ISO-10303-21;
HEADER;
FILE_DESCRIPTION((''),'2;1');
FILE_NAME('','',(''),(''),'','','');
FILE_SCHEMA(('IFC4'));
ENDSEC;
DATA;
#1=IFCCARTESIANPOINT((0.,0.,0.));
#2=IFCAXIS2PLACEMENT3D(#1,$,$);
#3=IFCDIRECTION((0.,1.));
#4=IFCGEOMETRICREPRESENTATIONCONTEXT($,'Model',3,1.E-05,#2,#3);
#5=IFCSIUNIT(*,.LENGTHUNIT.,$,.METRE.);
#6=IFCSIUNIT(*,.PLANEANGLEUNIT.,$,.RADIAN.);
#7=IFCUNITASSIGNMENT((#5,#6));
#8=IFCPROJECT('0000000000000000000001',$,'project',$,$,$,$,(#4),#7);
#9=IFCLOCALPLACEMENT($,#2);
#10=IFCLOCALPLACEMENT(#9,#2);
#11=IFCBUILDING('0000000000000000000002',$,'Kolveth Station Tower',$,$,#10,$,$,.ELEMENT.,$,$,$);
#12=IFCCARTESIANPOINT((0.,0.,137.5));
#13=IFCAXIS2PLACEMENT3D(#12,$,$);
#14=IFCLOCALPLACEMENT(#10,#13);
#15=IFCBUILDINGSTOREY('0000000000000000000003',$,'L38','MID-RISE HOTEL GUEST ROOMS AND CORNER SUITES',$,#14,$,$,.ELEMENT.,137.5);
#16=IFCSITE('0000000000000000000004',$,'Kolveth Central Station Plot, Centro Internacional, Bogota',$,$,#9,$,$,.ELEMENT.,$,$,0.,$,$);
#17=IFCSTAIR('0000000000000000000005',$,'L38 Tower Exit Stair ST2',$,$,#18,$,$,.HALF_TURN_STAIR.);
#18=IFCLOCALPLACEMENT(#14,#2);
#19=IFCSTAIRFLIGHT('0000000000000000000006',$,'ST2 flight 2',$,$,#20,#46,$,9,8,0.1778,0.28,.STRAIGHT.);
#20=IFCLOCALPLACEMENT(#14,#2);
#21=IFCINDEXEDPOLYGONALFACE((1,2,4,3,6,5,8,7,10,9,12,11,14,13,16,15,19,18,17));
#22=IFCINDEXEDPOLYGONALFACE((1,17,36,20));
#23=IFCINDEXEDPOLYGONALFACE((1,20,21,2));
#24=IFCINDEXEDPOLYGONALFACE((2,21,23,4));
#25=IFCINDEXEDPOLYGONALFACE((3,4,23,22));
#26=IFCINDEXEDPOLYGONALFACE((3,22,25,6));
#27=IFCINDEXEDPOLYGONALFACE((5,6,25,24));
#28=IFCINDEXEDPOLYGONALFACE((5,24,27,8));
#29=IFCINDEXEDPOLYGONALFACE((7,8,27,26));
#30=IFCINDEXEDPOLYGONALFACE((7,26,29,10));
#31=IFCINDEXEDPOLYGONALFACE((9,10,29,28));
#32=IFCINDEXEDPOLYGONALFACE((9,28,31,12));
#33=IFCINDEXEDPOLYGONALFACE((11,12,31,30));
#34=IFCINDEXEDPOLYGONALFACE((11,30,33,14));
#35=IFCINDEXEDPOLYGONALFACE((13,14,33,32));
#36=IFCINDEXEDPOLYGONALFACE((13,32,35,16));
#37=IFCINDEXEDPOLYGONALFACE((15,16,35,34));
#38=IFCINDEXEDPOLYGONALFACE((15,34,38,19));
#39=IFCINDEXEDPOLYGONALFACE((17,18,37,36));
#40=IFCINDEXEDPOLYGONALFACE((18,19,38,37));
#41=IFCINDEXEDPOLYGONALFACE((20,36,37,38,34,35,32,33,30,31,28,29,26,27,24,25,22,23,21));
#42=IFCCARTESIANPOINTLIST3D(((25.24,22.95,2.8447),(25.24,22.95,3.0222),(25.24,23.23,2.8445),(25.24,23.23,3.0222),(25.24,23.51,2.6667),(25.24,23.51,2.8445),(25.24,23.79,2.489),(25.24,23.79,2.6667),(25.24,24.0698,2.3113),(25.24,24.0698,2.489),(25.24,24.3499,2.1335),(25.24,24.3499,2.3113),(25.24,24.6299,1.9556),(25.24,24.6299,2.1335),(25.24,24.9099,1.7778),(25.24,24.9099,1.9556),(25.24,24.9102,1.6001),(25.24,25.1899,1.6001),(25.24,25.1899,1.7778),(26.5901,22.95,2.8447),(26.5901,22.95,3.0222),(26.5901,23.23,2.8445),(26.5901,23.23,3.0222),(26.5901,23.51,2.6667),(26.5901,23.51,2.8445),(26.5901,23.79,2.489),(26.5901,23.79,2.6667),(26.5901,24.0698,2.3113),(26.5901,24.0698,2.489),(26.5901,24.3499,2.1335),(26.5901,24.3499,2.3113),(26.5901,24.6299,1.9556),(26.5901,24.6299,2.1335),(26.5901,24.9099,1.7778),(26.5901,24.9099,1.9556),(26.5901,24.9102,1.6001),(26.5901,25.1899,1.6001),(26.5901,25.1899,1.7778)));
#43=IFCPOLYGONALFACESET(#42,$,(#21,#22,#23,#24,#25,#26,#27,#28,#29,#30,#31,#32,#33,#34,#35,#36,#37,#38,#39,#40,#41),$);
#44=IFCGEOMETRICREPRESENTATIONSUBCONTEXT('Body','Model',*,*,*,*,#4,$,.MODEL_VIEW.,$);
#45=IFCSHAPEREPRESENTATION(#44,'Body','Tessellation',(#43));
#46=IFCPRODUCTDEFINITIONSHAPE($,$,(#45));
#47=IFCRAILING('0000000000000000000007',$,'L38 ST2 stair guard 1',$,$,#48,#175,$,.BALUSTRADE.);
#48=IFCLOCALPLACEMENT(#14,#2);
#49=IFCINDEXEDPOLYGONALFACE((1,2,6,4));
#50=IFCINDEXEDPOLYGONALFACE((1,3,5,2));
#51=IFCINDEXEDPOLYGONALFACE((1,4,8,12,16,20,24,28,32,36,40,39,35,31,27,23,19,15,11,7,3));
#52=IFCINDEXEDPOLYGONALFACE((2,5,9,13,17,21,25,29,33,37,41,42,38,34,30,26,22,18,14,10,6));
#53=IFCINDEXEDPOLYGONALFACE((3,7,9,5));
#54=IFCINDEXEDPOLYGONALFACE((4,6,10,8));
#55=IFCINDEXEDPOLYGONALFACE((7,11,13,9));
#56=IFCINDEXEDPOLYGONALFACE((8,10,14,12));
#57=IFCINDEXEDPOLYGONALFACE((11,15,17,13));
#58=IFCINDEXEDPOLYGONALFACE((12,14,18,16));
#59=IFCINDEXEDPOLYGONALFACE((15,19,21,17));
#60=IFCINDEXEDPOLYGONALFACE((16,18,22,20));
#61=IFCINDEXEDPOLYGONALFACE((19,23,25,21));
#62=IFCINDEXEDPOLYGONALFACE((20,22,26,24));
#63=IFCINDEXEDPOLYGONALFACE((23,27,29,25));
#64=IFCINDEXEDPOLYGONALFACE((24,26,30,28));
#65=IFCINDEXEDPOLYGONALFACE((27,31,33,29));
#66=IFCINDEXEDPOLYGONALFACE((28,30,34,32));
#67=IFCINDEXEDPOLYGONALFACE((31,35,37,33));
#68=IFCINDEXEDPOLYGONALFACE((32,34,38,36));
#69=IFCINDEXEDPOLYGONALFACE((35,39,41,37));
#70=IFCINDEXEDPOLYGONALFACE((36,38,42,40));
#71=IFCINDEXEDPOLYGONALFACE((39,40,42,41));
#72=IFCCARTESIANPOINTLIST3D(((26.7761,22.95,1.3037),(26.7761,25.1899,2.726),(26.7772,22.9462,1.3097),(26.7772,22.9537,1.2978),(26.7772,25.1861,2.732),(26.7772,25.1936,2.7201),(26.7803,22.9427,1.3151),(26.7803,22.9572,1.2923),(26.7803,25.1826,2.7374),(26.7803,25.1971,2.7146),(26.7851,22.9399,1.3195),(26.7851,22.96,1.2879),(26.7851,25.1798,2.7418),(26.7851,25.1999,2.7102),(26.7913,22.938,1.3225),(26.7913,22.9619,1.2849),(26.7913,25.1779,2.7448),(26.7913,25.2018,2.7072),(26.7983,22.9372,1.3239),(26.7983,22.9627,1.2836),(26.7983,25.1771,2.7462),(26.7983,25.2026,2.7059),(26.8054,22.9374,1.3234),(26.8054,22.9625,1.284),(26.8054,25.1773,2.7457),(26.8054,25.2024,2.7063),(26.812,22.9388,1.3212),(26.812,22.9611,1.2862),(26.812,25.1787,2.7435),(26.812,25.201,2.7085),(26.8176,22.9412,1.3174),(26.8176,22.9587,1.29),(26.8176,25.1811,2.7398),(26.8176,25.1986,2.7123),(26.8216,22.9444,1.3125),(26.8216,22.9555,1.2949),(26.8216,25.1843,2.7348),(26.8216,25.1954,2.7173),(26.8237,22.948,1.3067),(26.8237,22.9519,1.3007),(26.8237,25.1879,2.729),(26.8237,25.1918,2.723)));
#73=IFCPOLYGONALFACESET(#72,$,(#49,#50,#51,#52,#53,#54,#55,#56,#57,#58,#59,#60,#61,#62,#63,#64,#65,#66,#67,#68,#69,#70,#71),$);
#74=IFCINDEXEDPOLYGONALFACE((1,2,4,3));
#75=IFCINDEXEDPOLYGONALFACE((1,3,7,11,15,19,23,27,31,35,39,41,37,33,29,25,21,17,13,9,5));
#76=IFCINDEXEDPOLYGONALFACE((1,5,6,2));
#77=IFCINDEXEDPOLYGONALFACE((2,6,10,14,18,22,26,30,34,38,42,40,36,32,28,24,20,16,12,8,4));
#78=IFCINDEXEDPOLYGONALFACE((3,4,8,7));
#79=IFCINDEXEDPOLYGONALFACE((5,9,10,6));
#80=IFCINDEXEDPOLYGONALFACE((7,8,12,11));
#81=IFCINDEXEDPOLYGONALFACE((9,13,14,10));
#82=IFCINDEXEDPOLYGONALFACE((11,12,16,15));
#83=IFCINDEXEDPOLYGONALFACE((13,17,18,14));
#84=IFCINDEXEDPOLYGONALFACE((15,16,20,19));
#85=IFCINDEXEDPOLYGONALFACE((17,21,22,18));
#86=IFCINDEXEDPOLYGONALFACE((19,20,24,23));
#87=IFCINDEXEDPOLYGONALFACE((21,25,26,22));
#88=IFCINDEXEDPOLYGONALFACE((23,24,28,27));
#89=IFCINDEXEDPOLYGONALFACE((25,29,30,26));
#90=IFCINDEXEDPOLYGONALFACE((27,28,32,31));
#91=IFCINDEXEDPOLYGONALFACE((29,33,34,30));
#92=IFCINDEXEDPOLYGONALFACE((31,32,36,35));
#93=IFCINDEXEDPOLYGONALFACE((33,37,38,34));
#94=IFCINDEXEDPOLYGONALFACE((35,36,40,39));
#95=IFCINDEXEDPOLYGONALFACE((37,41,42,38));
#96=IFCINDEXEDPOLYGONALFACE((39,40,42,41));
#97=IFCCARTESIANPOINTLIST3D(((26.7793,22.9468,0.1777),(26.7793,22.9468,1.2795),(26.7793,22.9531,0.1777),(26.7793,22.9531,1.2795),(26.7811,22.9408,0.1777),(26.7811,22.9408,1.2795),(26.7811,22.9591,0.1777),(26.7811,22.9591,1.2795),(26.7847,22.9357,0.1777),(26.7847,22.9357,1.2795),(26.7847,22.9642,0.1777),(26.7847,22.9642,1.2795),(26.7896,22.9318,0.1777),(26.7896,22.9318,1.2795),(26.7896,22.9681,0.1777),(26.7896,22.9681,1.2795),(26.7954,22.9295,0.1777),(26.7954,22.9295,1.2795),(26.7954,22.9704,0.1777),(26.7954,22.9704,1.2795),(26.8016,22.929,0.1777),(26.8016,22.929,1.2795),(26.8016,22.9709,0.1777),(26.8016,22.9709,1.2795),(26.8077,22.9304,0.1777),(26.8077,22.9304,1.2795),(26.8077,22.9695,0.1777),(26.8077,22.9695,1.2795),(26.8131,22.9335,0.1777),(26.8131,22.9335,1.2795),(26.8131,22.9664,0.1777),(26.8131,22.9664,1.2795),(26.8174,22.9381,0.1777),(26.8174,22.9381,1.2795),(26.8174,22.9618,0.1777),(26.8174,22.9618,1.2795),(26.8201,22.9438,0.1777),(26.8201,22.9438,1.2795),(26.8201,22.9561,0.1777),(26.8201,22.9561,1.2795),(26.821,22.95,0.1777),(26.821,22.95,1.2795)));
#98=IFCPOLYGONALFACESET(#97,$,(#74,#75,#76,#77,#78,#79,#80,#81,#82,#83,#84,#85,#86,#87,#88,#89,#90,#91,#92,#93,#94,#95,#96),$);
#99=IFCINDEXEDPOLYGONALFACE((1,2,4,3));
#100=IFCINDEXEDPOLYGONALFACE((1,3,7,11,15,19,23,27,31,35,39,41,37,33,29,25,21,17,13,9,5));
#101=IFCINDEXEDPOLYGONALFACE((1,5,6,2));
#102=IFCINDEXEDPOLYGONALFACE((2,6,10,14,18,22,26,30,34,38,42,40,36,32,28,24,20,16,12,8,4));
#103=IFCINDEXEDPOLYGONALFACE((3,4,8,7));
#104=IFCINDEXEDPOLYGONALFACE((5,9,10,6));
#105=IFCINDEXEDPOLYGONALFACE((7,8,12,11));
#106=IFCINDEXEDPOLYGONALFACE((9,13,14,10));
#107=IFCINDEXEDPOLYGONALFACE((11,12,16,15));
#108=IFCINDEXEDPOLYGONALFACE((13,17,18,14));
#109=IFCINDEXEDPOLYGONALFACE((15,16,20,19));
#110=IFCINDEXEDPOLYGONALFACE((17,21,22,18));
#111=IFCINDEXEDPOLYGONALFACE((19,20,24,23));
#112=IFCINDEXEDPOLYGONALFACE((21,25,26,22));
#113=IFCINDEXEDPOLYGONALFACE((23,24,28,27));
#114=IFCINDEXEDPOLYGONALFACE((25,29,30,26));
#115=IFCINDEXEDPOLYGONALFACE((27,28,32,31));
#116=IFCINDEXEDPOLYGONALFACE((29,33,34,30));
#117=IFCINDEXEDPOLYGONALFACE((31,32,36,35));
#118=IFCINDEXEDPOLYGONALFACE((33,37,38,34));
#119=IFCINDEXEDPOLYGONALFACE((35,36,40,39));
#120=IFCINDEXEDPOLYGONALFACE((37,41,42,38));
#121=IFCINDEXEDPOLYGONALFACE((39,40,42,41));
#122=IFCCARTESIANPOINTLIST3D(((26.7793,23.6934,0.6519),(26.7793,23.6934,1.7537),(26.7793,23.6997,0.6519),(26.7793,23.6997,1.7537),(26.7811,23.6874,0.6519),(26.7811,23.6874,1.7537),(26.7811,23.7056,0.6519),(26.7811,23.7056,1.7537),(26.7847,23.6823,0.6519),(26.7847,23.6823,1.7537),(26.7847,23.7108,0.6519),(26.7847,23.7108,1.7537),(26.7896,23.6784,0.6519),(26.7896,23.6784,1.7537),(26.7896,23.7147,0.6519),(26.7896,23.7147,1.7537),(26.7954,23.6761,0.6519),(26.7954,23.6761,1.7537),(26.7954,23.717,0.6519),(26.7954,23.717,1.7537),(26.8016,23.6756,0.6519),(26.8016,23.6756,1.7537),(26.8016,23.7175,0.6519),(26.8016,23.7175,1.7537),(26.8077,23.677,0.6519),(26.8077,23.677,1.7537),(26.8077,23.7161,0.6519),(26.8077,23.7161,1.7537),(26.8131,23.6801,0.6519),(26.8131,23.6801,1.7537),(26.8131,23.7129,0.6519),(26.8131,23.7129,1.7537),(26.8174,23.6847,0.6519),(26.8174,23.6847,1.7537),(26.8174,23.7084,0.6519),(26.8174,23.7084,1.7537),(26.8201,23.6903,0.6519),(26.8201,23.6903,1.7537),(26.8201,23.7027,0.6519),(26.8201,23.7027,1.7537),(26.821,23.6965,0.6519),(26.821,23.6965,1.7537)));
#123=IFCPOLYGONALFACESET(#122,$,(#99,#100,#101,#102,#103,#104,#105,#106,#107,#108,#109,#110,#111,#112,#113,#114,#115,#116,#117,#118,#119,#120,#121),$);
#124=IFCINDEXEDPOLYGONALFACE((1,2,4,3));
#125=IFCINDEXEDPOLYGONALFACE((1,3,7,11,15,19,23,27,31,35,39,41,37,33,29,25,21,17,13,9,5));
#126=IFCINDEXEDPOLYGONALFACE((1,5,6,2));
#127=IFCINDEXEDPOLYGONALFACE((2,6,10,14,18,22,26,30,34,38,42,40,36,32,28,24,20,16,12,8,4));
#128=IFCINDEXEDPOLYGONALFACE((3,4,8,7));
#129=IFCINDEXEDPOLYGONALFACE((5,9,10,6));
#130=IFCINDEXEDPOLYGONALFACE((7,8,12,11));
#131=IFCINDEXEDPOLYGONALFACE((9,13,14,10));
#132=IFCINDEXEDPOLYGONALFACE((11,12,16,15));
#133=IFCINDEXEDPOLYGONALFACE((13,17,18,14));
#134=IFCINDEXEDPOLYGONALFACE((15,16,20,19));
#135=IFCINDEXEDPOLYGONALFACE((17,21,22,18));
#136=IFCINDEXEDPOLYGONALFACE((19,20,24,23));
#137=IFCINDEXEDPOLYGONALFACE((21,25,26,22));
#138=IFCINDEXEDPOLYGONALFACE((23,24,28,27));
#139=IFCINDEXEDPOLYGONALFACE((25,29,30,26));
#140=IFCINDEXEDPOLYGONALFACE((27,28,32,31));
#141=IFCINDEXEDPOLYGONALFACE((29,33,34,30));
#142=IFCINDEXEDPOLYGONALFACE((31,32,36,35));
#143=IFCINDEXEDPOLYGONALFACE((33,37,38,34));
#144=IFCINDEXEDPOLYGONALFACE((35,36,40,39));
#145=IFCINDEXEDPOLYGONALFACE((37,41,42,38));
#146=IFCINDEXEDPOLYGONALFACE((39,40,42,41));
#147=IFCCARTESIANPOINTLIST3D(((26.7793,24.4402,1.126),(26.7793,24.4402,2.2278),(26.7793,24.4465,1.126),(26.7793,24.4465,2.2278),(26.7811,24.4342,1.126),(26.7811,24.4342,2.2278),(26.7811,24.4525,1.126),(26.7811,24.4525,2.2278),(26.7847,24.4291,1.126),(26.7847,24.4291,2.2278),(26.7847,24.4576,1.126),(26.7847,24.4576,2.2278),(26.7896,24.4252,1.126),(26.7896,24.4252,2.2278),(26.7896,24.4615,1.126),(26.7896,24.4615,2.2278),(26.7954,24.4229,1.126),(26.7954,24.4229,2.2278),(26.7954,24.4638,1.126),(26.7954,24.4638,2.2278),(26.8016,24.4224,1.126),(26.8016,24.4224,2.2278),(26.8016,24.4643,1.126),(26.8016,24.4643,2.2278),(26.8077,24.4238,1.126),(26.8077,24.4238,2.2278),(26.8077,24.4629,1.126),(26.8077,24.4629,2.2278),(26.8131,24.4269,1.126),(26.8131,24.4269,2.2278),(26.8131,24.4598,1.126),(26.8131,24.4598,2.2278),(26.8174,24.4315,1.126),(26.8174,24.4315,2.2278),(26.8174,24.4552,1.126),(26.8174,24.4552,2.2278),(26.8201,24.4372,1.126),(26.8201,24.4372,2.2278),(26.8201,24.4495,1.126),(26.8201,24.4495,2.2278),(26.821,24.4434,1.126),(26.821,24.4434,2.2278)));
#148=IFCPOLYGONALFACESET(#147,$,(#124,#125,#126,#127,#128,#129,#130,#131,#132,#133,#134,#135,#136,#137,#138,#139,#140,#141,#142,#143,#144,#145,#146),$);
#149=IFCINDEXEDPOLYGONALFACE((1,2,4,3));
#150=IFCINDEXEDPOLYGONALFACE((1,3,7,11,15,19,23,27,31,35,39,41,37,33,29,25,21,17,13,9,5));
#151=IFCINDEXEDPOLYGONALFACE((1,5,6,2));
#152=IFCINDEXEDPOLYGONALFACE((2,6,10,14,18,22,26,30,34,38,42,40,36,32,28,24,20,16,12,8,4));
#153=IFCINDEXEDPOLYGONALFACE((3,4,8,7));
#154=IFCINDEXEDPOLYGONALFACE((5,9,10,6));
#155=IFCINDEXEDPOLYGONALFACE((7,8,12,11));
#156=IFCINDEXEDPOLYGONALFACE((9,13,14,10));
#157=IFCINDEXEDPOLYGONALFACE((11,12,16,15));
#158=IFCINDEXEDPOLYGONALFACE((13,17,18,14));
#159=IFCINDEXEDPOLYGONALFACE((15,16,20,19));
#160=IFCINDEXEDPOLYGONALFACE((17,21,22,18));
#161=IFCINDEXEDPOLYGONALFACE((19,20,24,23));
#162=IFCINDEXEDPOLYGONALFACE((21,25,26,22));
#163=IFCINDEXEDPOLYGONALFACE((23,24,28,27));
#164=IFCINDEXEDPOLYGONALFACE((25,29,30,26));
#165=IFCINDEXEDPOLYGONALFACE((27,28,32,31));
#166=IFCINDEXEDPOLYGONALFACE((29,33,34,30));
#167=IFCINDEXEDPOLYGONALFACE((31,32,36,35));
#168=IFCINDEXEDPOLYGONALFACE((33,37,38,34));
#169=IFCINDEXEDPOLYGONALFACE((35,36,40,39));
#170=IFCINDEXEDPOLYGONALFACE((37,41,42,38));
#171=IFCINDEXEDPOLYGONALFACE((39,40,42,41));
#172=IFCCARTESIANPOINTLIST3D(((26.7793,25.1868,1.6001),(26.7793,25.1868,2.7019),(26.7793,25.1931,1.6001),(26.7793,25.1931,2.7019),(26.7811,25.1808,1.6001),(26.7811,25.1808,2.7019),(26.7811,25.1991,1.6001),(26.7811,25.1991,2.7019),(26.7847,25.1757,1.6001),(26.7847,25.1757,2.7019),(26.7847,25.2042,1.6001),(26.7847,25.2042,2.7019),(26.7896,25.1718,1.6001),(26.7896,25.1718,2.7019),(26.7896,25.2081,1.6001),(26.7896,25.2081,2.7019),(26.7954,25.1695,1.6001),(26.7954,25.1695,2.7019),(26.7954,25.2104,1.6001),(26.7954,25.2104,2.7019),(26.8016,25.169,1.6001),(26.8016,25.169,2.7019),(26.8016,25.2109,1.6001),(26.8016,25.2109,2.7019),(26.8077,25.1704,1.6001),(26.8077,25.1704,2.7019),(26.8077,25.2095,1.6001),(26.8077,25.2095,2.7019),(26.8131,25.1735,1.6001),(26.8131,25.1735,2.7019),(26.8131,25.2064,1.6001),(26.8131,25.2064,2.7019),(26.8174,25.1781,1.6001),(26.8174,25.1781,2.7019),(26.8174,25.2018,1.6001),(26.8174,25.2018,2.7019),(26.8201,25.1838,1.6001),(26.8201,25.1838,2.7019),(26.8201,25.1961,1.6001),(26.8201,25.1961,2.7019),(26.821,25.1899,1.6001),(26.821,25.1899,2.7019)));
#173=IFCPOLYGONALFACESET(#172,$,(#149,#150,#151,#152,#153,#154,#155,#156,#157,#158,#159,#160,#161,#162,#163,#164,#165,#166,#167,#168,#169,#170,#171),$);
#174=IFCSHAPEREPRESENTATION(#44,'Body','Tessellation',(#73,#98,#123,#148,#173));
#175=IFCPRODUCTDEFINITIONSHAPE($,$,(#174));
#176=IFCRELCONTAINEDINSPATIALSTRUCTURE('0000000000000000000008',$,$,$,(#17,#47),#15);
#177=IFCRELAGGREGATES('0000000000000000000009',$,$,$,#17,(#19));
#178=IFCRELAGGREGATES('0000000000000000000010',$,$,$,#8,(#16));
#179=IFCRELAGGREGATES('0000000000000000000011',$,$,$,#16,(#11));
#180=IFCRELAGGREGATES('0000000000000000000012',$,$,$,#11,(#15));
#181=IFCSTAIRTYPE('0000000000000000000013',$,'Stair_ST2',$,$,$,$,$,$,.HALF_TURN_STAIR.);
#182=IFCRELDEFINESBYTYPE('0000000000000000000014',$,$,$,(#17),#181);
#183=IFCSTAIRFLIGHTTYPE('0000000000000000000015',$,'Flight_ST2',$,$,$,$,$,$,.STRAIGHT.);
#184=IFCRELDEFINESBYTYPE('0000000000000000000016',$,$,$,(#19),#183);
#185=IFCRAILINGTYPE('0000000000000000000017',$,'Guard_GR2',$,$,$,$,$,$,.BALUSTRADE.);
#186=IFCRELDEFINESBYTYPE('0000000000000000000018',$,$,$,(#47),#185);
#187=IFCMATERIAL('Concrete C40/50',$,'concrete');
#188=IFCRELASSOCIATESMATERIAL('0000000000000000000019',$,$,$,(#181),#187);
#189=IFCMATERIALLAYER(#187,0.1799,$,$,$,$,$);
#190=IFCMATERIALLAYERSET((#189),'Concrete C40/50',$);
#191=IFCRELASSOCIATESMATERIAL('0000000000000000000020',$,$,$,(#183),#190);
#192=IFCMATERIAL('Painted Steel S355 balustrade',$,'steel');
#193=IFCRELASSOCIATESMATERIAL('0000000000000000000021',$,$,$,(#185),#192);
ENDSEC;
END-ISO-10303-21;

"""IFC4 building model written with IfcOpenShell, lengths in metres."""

from ifc_helpers import new_model, si_unit, direction, frame, origin, origin_2d, place, context, subcontext, project, spatial, polyline, circle, outline, extrude, material, layer, layer_set, type_object, element, aggregate, save


model = new_model("IFC4")

# Units and contexts
model_context = context("Model", 3, precision=1e-05, world=origin(), true_north=direction((0.0, 1.0)))
body_context = subcontext(model_context, "Body", "Model", "MODEL_VIEW")
ifc_project = project(units=[si_unit("LENGTHUNIT", "METRE"), si_unit("PLANEANGLEUNIT", "RADIAN")], contexts=[model_context])

# Site, building, storey
site_placement = place(None, origin())
site = spatial("IfcSite", under=ifc_project, at=site_placement, Name="Kolveth Central Station Plot, Centro Internacional, Bogota", CompositionType="ELEMENT", RefElevation=0.0)
building_placement = place(site_placement, origin())
building = spatial("IfcBuilding", under=site, at=building_placement, Name="Kolveth Station Tower", CompositionType="ELEMENT")
storey_placement = place(building_placement, frame((0.0, 0.0, 137.5)))
storey = spatial("IfcBuildingStorey", under=building, at=storey_placement, Name="L38", Description="MID-RISE HOTEL GUEST ROOMS AND CORNER SUITES", CompositionType="ELEMENT", Elevation=137.5)

# Shared definitions
ifc_material_1 = material(Name="Concrete C40/50", Category="concrete")

# Stair, stair flight
stair_type = type_object("IfcStairType", Name="Stair_ST2", PredefinedType="HALF_TURN_STAIR", material=ifc_material_1)
stair_placement = place(storey_placement, origin())
stair = element("IfcStair", 1, at=stair_placement, inside=storey, type_object=stair_type, Name="L38 Tower Exit Stair ST2", PredefinedType="HALF_TURN_STAIR")
ifc_layer_1 = layer(ifc_material_1, 0.1799)
ifc_layer_set_1 = layer_set([ifc_layer_1], Name="Concrete C40/50")
stair_flight_type = type_object("IfcStairFlightType", Name="Flight_ST2", PredefinedType="STRAIGHT", material=ifc_layer_set_1)
stair_flight_1_placement = place(storey_placement, frame((25.915, 25.1899, 1.6001), z_axis=(0.0, 0.0, 1.0), x_axis=(0.0, -1.0, 0.0)))
stair_flight_1 = element("IfcStairFlight", 2, at=stair_flight_1_placement, type_object=stair_flight_type, Name="ST2 flight 2", NumberOfRisers=9, NumberOfTreads=8, PredefinedType="STRAIGHT", RiserHeight=0.1778, TreadLength=0.28, context=body_context, shape_type="SweptSolid", body=[
    extrude(outline(polyline([(0.0, 0.0), (0.0, 0.1777), (0.28, 0.1777), (0.28, 0.3555), (0.5601, 0.3555), (0.5601, 0.5334), (0.8401, 0.5334), (0.8401, 0.7112), (1.1201, 0.7112), (1.1201, 0.8889), (1.3999, 0.8889), (1.3999, 1.0667), (1.6799, 1.0667), (1.6799, 1.2444), (1.96, 1.2444), (1.96, 1.4221), (2.24, 1.4221), (2.24, 1.6001), (2.24, 1.2446), (0.2798, 0.0), (0.0, 0.0)])), frame((0.0, 0.675, 0.0), z_axis=(0.0, -1.0, 0.0), x_axis=(1.0, 0.0, 0.0)), (0.0, 0.0, 1.0), 1.3501),
])
aggregate(stair, [stair_flight_1])

# Railing
ifc_material_2 = material(Name="Painted Steel S355 balustrade", Category="steel")
railing_type_1 = type_object("IfcRailingType", Name="Guard_GR2", PredefinedType="BALUSTRADE", material=ifc_material_2)
railing_1_placement = place(storey_placement, frame((26.8, 22.95, 0.1777)))
element("IfcRailing", 3, at=railing_1_placement, inside=storey, type_object=railing_type_1, Name="L38 ST2 stair guard 1", PredefinedType="BALUSTRADE", context=body_context, shape_type="SweptSolid", body=[
    extrude(circle(Radius=0.0239, at=origin_2d()), frame((0.0, 0.0, 1.126), z_axis=(0.0, 0.844188, 0.536048), x_axis=(-1.0, 0.0, 0.0)), (0.0, 0.0, 1.0), 2.6533),
    extrude(circle(Radius=0.021, at=origin_2d()), origin(), (0.0, 0.0, 1.0), 1.1018),
    extrude(circle(Radius=0.021, at=origin_2d()), frame((0.0, 0.7466, 0.4741)), (0.0, 0.0, 1.0), 1.1018),
    extrude(circle(Radius=0.021, at=origin_2d()), frame((0.0, 1.4934, 0.9482)), (0.0, 0.0, 1.0), 1.1018),
    extrude(circle(Radius=0.021, at=origin_2d()), frame((0.0, 2.24, 1.4224)), (0.0, 0.0, 1.0), 1.1018),
])

save(model, "model.ifc")
